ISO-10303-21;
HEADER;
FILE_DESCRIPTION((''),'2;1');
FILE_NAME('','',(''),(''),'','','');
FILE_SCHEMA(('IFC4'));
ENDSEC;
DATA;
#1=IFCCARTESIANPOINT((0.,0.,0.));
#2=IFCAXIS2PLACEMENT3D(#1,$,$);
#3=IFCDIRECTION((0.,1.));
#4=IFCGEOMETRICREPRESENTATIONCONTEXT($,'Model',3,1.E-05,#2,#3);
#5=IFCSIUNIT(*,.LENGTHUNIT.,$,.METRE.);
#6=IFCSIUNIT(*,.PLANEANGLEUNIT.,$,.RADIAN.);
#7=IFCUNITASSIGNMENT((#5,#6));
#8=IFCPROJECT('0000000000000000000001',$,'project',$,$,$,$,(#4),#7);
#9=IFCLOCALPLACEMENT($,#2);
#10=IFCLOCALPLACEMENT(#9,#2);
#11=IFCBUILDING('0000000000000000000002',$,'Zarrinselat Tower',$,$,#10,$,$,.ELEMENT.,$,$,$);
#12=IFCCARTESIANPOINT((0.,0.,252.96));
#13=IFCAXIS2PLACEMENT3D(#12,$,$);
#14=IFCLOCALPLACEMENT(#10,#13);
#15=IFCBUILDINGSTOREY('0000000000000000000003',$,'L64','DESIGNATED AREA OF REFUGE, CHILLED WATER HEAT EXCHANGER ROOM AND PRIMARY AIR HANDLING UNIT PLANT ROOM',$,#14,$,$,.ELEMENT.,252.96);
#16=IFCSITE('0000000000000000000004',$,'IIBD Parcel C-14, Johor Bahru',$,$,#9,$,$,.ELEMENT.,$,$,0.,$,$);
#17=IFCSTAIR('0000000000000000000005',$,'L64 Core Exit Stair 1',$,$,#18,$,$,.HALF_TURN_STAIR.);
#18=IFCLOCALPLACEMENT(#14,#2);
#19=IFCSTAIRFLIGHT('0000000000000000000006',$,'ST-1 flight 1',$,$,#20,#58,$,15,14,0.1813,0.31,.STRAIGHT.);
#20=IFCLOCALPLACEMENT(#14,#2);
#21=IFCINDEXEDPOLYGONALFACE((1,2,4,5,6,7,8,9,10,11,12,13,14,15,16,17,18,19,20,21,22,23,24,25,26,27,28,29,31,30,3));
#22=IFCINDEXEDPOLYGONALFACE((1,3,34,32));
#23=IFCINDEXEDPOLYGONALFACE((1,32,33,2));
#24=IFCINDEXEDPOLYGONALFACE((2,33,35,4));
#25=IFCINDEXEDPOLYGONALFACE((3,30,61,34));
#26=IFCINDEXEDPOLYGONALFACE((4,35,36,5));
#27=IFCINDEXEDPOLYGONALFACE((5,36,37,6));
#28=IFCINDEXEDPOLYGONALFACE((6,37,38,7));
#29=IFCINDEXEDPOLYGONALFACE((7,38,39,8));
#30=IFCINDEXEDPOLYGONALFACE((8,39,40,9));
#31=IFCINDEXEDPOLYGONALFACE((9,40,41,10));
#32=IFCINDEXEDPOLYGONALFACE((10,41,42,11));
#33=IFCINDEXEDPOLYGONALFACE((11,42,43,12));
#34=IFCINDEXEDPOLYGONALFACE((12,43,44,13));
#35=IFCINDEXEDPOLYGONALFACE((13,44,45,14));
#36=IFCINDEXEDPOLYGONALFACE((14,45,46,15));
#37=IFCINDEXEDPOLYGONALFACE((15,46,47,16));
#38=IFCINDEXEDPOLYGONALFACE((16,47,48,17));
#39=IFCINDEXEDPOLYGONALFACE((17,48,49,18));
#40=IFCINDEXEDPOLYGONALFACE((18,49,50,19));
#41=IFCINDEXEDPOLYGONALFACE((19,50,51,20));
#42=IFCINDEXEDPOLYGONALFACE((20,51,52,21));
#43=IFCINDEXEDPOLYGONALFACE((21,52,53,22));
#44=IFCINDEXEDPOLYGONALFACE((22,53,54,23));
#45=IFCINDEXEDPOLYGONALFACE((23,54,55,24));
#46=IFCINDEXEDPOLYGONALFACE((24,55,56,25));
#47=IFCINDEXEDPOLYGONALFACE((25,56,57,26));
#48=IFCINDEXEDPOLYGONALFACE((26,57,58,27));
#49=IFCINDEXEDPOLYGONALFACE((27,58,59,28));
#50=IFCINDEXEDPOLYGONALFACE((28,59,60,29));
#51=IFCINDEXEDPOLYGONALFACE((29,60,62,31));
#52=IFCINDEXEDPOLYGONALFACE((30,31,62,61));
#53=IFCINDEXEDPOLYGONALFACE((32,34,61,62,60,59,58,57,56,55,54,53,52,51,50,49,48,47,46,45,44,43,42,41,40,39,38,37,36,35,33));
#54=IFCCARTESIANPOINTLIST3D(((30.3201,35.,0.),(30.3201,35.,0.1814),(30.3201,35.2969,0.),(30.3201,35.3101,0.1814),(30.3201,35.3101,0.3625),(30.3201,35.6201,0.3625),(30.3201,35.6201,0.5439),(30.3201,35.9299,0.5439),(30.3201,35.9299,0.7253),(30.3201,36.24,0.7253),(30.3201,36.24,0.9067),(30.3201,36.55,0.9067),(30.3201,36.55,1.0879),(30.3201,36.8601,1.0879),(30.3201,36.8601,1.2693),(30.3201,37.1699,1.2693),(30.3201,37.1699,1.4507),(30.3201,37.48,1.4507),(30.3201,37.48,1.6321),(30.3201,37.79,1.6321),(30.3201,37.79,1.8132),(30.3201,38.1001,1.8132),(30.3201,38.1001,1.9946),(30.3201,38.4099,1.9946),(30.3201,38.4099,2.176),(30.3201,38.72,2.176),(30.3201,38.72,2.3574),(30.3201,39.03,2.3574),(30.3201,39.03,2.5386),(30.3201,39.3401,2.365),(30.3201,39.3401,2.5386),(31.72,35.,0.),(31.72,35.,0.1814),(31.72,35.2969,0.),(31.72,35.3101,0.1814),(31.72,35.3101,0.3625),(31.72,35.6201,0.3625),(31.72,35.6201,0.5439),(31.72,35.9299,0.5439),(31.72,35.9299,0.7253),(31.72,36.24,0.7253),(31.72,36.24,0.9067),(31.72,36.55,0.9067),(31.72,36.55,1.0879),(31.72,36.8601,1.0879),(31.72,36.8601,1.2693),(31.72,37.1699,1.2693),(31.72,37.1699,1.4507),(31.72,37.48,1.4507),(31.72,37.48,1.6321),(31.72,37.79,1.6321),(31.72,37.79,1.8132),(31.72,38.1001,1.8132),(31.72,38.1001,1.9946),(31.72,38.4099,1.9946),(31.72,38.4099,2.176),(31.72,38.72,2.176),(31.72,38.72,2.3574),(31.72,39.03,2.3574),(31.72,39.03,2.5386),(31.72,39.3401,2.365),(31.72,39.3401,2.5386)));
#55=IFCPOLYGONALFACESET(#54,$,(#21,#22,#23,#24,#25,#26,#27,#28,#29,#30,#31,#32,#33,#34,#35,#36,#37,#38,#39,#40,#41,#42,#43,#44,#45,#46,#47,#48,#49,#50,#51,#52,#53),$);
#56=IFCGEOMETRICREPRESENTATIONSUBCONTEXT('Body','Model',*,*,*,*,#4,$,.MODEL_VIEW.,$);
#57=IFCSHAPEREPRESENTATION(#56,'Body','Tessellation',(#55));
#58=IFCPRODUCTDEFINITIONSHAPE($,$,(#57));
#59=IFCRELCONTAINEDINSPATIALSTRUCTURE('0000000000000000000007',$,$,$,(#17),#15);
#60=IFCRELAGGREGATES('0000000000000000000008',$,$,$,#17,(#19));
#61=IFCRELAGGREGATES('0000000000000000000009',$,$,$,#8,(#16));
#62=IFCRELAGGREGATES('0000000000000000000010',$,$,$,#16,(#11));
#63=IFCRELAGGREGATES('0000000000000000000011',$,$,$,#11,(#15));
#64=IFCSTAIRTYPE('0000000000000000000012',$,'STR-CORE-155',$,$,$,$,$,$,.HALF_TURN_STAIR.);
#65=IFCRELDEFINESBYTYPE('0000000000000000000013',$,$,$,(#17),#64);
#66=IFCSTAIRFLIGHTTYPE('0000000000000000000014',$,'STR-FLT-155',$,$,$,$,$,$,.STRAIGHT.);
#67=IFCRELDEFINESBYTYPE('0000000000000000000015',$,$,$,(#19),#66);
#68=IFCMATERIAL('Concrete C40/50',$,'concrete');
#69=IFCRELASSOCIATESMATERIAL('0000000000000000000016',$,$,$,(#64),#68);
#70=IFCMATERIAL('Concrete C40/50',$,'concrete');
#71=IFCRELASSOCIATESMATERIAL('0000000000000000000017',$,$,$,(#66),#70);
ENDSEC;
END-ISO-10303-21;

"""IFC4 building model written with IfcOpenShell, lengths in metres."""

from ifc_helpers import new_model, si_unit, direction, frame, origin, place, context, subcontext, project, spatial, polyline, outline, extrude, material, type_object, element, aggregate, save


model = new_model("IFC4")

# Units and contexts
model_context = context("Model", 3, precision=1e-05, world=origin(), true_north=direction((0.0, 1.0)))
body_context = subcontext(model_context, "Body", "Model", "MODEL_VIEW")
ifc_project = project(units=[si_unit("LENGTHUNIT", "METRE"), si_unit("PLANEANGLEUNIT", "RADIAN")], contexts=[model_context])

# Site, building, storey
site_placement = place(None, origin())
site = spatial("IfcSite", under=ifc_project, at=site_placement, Name="IIBD Parcel C-14, Johor Bahru", CompositionType="ELEMENT", RefElevation=0.0)
building_placement = place(site_placement, origin())
building = spatial("IfcBuilding", under=site, at=building_placement, Name="Zarrinselat Tower", CompositionType="ELEMENT")
storey_placement = place(building_placement, frame((0.0, 0.0, 252.96)))
storey = spatial("IfcBuildingStorey", under=building, at=storey_placement, Name="L64", Description="DESIGNATED AREA OF REFUGE, CHILLED WATER HEAT EXCHANGER ROOM AND PRIMARY AIR HANDLING UNIT PLANT ROOM", CompositionType="ELEMENT", Elevation=252.96)

# Stair, stair flight
ifc_material_1 = material(Name="Concrete C40/50", Category="concrete")
stair_type = type_object("IfcStairType", Name="STR-CORE-155", PredefinedType="HALF_TURN_STAIR", material=ifc_material_1)
stair_placement = place(storey_placement, origin())
stair = element("IfcStair", 1, at=stair_placement, inside=storey, type_object=stair_type, Name="L64 Core Exit Stair 1", PredefinedType="HALF_TURN_STAIR")
ifc_material_2 = material(Name="Concrete C40/50", Category="concrete")
stair_flight_type = type_object("IfcStairFlightType", Name="STR-FLT-155", PredefinedType="STRAIGHT", material=ifc_material_2)
stair_flight_placement = place(storey_placement, frame((31.02, 35.0, 0.0), z_axis=(0.0, 0.0, 1.0), x_axis=(0.0, 1.0, 0.0)))
stair_flight = element("IfcStairFlight", 2, at=stair_flight_placement, type_object=stair_flight_type, Name="ST-1 flight 1", NumberOfRisers=15, NumberOfTreads=14, PredefinedType="STRAIGHT", RiserHeight=0.1813, TreadLength=0.31, context=body_context, shape_type="SweptSolid", body=[
    extrude(outline(polyline([(0.0, 0.0), (0.0, 0.1814), (0.3101, 0.1814), (0.3101, 0.3625), (0.6201, 0.3625), (0.6201, 0.5439), (0.9299, 0.5439), (0.9299, 0.7253), (1.24, 0.7253), (1.24, 0.9067), (1.55, 0.9067), (1.55, 1.0879), (1.8601, 1.0879), (1.8601, 1.2693), (2.1699, 1.2693), (2.1699, 1.4507), (2.48, 1.4507), (2.48, 1.6321), (2.79, 1.6321), (2.79, 1.8132), (3.1001, 1.8132), (3.1001, 1.9946), (3.4099, 1.9946), (3.4099, 2.176), (3.72, 2.176), (3.72, 2.3574), (4.03, 2.3574), (4.03, 2.5386), (4.3401, 2.5386), (4.3401, 2.72), (4.3401, 2.365), (0.2969, 0.0), (0.0, 0.0)])), frame((0.0, 0.7, 0.0), z_axis=(0.0, -1.0, 0.0), x_axis=(1.0, 0.0, 0.0)), (0.0, 0.0, 1.0), 1.3999),
])
aggregate(stair, [stair_flight])

save(model, "model.ifc")
